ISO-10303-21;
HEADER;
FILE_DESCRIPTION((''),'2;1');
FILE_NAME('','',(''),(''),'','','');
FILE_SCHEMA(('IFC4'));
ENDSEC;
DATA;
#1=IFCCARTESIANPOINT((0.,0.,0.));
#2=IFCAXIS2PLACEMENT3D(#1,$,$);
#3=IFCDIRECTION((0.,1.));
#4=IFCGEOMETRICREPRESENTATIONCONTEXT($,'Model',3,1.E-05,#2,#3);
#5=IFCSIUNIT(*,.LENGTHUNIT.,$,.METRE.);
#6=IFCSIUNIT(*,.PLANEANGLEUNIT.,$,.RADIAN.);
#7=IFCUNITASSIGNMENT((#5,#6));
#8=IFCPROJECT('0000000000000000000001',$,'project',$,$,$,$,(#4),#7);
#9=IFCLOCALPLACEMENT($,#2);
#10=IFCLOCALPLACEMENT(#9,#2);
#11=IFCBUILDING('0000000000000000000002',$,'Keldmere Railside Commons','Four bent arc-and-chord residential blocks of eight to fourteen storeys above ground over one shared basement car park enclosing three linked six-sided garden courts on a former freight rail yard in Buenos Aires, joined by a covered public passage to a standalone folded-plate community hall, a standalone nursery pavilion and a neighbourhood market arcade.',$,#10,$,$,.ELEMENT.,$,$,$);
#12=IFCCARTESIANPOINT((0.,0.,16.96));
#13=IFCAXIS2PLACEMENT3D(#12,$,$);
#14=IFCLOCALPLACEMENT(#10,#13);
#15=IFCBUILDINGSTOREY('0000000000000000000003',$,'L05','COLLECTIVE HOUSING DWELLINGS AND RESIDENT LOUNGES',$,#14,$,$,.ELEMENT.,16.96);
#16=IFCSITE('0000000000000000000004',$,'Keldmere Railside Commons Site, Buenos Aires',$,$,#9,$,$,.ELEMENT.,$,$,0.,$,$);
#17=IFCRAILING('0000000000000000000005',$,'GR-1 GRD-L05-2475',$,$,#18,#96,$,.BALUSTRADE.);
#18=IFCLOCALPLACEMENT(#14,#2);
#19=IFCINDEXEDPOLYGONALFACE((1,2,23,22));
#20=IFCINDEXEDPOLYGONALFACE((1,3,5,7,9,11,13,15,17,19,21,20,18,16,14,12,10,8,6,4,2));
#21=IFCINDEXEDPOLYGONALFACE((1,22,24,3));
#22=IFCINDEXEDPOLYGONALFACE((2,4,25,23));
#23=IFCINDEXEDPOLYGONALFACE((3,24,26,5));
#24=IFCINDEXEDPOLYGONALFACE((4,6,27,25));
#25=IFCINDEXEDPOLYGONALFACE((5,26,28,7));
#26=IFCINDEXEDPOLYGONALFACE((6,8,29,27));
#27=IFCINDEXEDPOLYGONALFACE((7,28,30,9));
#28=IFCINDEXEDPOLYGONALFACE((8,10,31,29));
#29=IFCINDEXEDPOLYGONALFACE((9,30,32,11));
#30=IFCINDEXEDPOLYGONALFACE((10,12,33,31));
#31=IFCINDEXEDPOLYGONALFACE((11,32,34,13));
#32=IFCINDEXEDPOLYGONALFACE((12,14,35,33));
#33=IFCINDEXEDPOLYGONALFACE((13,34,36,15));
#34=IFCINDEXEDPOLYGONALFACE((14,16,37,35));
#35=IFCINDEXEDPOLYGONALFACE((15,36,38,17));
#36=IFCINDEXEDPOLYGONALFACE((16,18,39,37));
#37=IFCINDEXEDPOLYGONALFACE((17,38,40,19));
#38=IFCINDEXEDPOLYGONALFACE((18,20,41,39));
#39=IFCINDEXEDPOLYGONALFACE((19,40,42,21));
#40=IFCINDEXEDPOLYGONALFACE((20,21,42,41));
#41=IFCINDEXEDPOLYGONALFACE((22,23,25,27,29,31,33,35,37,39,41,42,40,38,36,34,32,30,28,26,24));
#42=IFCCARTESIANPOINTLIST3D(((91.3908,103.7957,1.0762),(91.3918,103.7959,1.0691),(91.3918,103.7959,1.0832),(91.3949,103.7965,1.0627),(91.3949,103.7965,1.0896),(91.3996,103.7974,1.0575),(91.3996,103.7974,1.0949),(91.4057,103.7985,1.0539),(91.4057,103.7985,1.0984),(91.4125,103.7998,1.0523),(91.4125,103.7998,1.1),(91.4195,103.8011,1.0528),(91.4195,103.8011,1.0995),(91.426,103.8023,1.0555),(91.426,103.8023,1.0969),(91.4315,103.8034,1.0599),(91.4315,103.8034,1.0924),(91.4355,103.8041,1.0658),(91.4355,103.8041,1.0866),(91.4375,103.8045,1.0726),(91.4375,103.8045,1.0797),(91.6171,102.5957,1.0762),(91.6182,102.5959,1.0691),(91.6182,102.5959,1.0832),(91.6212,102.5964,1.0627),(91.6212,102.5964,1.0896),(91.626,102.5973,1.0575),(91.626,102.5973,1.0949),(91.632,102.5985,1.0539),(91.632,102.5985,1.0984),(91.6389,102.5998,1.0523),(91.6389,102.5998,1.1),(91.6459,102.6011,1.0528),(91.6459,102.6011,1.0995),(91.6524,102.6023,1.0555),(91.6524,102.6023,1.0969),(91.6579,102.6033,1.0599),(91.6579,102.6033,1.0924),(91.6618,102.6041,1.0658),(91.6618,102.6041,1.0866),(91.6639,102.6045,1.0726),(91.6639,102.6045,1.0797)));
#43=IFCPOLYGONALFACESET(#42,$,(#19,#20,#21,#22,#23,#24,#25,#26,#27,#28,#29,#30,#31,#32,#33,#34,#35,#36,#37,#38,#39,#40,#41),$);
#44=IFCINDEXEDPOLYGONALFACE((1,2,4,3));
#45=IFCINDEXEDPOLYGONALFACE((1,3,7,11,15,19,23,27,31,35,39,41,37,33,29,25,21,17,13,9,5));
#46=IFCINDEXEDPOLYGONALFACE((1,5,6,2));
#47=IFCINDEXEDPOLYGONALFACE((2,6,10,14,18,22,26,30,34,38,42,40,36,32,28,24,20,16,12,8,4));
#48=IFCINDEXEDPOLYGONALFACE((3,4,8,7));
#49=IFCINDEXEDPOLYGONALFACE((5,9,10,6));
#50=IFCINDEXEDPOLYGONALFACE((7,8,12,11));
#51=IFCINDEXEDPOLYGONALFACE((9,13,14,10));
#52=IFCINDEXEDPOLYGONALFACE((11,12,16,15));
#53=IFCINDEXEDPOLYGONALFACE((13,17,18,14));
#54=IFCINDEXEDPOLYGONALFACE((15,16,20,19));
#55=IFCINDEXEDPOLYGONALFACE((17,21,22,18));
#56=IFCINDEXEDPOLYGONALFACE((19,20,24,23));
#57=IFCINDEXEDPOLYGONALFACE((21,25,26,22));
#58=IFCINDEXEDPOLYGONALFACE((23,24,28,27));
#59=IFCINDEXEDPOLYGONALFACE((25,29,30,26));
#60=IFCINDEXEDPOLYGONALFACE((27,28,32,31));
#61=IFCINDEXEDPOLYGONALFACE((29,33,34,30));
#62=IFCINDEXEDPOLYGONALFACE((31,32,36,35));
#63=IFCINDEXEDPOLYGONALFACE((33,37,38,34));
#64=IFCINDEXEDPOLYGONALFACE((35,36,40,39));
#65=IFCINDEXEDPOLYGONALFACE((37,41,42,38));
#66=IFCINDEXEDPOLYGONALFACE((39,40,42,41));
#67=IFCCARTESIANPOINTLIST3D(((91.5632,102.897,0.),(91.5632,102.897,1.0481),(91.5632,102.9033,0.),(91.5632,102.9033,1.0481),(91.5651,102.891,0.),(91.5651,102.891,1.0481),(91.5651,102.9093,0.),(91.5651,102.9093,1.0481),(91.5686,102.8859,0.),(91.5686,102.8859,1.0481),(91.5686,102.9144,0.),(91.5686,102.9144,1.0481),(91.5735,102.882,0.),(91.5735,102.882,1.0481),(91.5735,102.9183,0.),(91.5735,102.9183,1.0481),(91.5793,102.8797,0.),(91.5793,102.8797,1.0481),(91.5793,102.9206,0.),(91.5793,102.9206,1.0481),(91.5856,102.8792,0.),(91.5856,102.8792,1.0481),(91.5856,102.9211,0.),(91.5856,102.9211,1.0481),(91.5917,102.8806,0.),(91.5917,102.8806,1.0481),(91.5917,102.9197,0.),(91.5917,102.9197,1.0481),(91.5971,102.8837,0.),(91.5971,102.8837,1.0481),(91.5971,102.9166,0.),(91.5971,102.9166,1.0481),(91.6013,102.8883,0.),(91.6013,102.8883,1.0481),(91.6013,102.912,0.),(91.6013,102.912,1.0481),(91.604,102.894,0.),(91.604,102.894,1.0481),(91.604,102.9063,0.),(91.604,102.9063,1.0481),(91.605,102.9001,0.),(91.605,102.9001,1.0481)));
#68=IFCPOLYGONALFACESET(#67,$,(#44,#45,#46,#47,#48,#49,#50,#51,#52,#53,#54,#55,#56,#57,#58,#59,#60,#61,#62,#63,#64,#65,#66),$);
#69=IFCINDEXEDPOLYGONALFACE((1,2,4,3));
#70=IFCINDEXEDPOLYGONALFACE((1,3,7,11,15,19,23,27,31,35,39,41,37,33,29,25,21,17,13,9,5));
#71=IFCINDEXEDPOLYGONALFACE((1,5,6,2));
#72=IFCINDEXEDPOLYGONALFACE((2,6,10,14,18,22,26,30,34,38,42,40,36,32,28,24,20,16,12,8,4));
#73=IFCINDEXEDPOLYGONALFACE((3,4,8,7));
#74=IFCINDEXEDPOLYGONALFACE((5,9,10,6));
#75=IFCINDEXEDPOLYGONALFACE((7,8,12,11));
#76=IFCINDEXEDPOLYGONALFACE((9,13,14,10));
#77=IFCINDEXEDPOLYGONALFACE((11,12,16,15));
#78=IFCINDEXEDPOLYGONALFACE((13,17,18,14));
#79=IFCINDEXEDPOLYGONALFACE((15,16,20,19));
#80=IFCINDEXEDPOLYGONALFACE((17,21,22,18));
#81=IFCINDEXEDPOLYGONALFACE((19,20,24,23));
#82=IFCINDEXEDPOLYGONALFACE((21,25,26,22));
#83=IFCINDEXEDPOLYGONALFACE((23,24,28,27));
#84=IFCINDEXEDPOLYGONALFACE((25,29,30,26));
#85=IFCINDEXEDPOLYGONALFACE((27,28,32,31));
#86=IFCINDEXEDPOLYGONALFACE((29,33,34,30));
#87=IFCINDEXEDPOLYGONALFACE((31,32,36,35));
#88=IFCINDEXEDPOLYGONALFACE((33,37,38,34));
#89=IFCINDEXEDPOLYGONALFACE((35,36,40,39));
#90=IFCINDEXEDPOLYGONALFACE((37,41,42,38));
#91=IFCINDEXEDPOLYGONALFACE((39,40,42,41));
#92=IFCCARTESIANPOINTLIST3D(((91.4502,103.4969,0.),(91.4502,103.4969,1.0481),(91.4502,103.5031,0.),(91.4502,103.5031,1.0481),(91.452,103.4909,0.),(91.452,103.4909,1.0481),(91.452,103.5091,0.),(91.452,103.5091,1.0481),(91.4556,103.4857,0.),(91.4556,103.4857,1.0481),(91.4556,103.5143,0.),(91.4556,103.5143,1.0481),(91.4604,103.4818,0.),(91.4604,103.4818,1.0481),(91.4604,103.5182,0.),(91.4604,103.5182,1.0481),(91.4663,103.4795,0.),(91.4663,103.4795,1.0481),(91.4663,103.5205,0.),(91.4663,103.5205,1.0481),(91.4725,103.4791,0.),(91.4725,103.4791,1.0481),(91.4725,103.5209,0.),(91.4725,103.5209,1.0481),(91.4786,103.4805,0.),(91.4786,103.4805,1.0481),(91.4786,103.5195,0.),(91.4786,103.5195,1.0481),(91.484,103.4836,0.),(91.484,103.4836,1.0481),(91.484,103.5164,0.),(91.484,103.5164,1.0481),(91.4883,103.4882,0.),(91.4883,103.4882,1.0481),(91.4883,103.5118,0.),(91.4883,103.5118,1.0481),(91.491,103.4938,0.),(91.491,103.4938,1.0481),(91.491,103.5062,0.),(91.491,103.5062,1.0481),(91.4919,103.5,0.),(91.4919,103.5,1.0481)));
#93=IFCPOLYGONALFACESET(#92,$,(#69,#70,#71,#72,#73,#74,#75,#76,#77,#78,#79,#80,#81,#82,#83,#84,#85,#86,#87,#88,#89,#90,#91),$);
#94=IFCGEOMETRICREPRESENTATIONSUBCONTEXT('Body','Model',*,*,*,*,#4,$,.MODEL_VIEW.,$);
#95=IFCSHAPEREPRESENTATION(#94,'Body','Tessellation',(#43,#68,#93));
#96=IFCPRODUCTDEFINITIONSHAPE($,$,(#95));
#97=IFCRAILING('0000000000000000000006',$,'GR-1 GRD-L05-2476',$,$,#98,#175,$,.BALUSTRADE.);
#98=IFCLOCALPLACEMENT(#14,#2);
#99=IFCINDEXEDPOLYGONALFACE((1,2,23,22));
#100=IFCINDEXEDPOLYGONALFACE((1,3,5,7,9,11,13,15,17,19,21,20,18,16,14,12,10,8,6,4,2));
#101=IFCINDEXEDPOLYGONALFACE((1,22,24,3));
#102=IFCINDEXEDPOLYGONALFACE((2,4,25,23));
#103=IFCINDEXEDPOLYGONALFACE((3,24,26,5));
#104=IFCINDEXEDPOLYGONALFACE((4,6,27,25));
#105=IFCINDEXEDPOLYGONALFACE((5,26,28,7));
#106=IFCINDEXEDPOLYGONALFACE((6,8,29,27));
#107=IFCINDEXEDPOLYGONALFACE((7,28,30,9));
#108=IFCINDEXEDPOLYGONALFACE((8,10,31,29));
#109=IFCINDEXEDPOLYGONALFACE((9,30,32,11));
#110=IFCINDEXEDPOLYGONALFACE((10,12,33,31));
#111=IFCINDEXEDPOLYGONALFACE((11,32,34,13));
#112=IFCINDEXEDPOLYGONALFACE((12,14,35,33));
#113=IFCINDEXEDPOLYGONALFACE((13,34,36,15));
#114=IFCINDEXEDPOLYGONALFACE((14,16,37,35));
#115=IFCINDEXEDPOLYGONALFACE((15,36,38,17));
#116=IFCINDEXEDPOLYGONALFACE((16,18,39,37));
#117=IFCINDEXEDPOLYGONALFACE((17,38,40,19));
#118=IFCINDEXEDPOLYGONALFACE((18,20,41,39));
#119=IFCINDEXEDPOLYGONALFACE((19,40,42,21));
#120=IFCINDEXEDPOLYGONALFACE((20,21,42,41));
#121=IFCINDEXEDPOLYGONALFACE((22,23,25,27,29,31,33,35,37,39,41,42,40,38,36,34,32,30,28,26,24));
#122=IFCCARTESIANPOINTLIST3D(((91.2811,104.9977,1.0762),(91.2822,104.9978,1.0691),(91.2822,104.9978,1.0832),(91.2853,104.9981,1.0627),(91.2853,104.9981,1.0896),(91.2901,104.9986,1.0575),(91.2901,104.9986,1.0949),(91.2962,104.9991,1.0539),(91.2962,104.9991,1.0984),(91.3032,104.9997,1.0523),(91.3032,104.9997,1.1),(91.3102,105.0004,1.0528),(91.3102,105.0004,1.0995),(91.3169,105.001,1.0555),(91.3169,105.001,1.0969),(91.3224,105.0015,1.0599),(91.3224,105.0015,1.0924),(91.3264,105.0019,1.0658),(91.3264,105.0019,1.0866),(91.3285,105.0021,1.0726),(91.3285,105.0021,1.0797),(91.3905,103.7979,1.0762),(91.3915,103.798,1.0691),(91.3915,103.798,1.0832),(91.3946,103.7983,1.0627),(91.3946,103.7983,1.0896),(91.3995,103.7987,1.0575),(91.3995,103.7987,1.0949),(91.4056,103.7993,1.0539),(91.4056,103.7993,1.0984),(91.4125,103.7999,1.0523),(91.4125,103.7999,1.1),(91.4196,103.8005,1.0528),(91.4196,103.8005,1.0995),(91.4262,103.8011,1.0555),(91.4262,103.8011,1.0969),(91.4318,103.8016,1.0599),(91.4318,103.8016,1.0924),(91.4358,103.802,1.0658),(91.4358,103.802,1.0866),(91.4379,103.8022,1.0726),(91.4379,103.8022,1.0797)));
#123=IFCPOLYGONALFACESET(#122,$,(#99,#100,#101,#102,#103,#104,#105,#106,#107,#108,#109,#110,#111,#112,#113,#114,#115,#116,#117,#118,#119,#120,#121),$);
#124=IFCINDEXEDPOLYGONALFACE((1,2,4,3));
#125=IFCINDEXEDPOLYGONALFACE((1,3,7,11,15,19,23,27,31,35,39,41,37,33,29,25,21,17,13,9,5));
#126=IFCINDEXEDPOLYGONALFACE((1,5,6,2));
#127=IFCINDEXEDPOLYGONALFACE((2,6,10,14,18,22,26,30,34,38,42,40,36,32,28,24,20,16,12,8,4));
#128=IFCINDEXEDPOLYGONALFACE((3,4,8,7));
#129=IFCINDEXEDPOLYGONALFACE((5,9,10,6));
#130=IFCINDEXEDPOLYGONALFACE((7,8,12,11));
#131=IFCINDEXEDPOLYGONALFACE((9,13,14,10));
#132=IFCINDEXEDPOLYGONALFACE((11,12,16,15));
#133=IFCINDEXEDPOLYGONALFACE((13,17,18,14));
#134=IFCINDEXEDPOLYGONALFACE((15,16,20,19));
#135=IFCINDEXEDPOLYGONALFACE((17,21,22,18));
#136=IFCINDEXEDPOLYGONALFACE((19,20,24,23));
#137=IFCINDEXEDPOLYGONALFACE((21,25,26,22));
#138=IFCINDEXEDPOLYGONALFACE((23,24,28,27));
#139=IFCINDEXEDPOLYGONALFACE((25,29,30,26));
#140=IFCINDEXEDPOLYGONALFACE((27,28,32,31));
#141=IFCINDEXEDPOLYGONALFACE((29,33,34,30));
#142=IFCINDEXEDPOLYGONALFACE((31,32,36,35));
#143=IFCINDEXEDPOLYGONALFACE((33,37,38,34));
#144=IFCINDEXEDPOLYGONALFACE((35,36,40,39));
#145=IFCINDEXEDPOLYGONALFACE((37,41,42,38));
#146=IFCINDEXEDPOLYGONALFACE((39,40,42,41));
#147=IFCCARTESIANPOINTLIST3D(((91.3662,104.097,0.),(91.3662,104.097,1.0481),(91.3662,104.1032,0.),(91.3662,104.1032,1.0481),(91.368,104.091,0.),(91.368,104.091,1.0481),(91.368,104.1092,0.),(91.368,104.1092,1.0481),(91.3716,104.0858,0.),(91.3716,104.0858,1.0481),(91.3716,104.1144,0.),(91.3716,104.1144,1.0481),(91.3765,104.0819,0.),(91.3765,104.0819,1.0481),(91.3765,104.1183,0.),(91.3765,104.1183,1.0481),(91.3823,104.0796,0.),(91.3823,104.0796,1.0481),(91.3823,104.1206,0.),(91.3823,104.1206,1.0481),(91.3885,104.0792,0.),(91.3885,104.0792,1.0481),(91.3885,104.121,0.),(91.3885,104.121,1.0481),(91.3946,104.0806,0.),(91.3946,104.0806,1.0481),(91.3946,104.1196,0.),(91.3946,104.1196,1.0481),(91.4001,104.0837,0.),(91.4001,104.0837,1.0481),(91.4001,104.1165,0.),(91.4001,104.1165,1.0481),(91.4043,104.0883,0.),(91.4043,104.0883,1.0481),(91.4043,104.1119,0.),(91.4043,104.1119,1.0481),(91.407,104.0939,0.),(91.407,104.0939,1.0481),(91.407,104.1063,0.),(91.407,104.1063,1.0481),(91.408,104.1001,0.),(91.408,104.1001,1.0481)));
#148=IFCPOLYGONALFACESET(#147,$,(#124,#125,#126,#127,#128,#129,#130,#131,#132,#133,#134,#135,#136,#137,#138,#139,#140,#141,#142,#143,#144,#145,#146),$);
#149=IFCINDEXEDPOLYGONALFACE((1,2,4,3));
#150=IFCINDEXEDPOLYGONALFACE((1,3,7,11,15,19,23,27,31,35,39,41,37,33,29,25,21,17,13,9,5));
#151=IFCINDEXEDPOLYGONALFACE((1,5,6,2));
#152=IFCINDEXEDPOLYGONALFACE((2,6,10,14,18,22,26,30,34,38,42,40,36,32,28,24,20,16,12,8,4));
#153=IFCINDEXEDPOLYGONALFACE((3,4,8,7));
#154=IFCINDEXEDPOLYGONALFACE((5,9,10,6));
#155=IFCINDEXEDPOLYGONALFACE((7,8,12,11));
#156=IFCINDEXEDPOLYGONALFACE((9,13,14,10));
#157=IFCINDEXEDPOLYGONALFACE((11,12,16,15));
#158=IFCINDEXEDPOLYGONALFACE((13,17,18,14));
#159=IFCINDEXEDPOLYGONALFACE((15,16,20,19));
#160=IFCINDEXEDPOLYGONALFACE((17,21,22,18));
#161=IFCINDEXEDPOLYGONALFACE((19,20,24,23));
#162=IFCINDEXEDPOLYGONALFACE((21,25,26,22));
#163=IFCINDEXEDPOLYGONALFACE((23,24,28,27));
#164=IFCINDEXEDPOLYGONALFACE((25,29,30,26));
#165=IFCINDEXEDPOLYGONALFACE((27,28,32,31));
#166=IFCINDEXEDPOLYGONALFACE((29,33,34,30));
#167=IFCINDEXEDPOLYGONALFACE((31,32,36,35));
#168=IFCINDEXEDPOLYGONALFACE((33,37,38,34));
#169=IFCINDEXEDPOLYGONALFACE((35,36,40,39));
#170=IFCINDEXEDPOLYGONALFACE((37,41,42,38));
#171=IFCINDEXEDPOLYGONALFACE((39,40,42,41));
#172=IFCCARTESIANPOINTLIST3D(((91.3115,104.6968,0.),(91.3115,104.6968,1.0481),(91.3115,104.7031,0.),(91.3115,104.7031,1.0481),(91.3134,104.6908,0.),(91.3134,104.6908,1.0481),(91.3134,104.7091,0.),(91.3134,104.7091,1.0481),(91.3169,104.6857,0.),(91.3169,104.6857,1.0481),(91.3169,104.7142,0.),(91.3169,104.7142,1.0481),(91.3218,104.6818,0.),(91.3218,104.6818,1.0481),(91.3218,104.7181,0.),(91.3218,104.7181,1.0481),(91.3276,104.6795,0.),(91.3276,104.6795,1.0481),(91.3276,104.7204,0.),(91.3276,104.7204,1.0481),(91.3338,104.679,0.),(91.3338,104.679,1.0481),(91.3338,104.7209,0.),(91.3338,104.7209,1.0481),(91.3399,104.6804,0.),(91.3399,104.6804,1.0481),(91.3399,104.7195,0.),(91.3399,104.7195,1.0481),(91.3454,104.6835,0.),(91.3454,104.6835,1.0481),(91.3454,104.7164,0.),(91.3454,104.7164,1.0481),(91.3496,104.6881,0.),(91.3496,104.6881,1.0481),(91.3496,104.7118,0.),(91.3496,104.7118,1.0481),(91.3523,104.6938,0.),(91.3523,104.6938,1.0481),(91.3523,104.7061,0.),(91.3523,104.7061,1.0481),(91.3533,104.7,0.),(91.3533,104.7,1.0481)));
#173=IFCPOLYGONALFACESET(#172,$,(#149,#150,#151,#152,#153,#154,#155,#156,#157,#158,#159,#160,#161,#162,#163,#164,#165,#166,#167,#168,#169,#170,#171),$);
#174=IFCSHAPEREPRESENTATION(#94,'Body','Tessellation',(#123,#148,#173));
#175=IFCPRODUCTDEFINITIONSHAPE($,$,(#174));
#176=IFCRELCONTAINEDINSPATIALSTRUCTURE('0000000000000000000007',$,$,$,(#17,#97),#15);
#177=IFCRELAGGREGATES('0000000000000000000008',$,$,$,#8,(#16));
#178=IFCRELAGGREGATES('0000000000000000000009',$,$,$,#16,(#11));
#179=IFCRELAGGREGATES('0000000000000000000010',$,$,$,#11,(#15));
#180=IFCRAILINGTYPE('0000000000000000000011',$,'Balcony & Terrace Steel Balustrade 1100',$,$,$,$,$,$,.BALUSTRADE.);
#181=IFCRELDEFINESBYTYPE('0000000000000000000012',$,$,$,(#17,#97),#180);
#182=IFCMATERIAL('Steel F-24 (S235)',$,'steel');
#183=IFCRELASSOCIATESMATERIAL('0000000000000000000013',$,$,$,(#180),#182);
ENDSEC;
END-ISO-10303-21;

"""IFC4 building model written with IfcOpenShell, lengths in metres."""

from ifc_helpers import new_model, si_unit, direction, frame, origin, origin_2d, place, context, subcontext, project, spatial, circle, extrude, material, type_object, element, save


model = new_model("IFC4")

# Units and contexts
model_context = context("Model", 3, precision=1e-05, world=origin(), true_north=direction((0.0, 1.0)))
body_context = subcontext(model_context, "Body", "Model", "MODEL_VIEW")
ifc_project = project(units=[si_unit("LENGTHUNIT", "METRE"), si_unit("PLANEANGLEUNIT", "RADIAN")], contexts=[model_context])

# Site, building, storey
site_placement = place(None, origin())
site = spatial("IfcSite", under=ifc_project, at=site_placement, Name="Keldmere Railside Commons Site, Buenos Aires", CompositionType="ELEMENT", RefElevation=0.0)
building_placement = place(site_placement, origin())
building = spatial("IfcBuilding", under=site, at=building_placement, Name="Keldmere Railside Commons", Description="Four bent arc-and-chord residential blocks of eight to fourteen storeys above ground over one shared basement car park enclosing three linked six-sided garden courts on a former freight rail yard in Buenos Aires, joined by a covered public passage to a standalone folded-plate community hall, a standalone nursery pavilion and a neighbourhood market arcade.", CompositionType="ELEMENT")
storey_placement = place(building_placement, frame((0.0, 0.0, 16.96)))
storey = spatial("IfcBuildingStorey", under=building, at=storey_placement, Name="L05", Description="COLLECTIVE HOUSING DWELLINGS AND RESIDENT LOUNGES", CompositionType="ELEMENT", Elevation=16.96)

# Railings
ifc_material_1 = material(Name="Steel F-24 (S235)", Category="steel")
railing_type = type_object("IfcRailingType", Name="Balcony & Terrace Steel Balustrade 1100", PredefinedType="BALUSTRADE", material=ifc_material_1)
railing_1_placement = place(storey_placement, frame((91.6406, 102.6001, 0.0)))
element("IfcRailing", 1, at=railing_1_placement, inside=storey, type_object=railing_type, Name="GR-1 GRD-L05-2475", PredefinedType="BALUSTRADE", context=body_context, shape_type="SweptSolid", body=[
    extrude(circle(Radius=0.0239, at=origin_2d()), frame((0.0, 0.0, 1.0762), z_axis=(-0.185339, 0.982675, 0.0), x_axis=(-0.982675, -0.185339, 0.0)), (0.0, 0.0, 1.0), 1.2212),
    extrude(circle(Radius=0.021, at=origin_2d()), frame((-0.0566, 0.3, 0.0)), (0.0, 0.0, 1.0), 1.0481),
    extrude(circle(Radius=0.021, at=origin_2d()), frame((-0.1697, 0.8999, 0.0)), (0.0, 0.0, 1.0), 1.0481),
])
railing_2_placement = place(storey_placement, frame((91.4143, 103.8, 0.0)))
element("IfcRailing", 2, at=railing_2_placement, inside=storey, type_object=railing_type, Name="GR-1 GRD-L05-2476", PredefinedType="BALUSTRADE", context=body_context, shape_type="SweptSolid", body=[
    extrude(circle(Radius=0.0239, at=origin_2d()), frame((0.0, 0.0, 1.0762), z_axis=(-0.090773, 0.995872, 0.0), x_axis=(-0.995872, -0.090773, 0.0)), (0.0, 0.0, 1.0), 1.2048),
    extrude(circle(Radius=0.021, at=origin_2d()), frame((-0.0273, 0.3, 0.0)), (0.0, 0.0, 1.0), 1.0481),
    extrude(circle(Radius=0.021, at=origin_2d()), frame((-0.082, 0.8999, 0.0)), (0.0, 0.0, 1.0), 1.0481),
])

save(model, "model.ifc")
